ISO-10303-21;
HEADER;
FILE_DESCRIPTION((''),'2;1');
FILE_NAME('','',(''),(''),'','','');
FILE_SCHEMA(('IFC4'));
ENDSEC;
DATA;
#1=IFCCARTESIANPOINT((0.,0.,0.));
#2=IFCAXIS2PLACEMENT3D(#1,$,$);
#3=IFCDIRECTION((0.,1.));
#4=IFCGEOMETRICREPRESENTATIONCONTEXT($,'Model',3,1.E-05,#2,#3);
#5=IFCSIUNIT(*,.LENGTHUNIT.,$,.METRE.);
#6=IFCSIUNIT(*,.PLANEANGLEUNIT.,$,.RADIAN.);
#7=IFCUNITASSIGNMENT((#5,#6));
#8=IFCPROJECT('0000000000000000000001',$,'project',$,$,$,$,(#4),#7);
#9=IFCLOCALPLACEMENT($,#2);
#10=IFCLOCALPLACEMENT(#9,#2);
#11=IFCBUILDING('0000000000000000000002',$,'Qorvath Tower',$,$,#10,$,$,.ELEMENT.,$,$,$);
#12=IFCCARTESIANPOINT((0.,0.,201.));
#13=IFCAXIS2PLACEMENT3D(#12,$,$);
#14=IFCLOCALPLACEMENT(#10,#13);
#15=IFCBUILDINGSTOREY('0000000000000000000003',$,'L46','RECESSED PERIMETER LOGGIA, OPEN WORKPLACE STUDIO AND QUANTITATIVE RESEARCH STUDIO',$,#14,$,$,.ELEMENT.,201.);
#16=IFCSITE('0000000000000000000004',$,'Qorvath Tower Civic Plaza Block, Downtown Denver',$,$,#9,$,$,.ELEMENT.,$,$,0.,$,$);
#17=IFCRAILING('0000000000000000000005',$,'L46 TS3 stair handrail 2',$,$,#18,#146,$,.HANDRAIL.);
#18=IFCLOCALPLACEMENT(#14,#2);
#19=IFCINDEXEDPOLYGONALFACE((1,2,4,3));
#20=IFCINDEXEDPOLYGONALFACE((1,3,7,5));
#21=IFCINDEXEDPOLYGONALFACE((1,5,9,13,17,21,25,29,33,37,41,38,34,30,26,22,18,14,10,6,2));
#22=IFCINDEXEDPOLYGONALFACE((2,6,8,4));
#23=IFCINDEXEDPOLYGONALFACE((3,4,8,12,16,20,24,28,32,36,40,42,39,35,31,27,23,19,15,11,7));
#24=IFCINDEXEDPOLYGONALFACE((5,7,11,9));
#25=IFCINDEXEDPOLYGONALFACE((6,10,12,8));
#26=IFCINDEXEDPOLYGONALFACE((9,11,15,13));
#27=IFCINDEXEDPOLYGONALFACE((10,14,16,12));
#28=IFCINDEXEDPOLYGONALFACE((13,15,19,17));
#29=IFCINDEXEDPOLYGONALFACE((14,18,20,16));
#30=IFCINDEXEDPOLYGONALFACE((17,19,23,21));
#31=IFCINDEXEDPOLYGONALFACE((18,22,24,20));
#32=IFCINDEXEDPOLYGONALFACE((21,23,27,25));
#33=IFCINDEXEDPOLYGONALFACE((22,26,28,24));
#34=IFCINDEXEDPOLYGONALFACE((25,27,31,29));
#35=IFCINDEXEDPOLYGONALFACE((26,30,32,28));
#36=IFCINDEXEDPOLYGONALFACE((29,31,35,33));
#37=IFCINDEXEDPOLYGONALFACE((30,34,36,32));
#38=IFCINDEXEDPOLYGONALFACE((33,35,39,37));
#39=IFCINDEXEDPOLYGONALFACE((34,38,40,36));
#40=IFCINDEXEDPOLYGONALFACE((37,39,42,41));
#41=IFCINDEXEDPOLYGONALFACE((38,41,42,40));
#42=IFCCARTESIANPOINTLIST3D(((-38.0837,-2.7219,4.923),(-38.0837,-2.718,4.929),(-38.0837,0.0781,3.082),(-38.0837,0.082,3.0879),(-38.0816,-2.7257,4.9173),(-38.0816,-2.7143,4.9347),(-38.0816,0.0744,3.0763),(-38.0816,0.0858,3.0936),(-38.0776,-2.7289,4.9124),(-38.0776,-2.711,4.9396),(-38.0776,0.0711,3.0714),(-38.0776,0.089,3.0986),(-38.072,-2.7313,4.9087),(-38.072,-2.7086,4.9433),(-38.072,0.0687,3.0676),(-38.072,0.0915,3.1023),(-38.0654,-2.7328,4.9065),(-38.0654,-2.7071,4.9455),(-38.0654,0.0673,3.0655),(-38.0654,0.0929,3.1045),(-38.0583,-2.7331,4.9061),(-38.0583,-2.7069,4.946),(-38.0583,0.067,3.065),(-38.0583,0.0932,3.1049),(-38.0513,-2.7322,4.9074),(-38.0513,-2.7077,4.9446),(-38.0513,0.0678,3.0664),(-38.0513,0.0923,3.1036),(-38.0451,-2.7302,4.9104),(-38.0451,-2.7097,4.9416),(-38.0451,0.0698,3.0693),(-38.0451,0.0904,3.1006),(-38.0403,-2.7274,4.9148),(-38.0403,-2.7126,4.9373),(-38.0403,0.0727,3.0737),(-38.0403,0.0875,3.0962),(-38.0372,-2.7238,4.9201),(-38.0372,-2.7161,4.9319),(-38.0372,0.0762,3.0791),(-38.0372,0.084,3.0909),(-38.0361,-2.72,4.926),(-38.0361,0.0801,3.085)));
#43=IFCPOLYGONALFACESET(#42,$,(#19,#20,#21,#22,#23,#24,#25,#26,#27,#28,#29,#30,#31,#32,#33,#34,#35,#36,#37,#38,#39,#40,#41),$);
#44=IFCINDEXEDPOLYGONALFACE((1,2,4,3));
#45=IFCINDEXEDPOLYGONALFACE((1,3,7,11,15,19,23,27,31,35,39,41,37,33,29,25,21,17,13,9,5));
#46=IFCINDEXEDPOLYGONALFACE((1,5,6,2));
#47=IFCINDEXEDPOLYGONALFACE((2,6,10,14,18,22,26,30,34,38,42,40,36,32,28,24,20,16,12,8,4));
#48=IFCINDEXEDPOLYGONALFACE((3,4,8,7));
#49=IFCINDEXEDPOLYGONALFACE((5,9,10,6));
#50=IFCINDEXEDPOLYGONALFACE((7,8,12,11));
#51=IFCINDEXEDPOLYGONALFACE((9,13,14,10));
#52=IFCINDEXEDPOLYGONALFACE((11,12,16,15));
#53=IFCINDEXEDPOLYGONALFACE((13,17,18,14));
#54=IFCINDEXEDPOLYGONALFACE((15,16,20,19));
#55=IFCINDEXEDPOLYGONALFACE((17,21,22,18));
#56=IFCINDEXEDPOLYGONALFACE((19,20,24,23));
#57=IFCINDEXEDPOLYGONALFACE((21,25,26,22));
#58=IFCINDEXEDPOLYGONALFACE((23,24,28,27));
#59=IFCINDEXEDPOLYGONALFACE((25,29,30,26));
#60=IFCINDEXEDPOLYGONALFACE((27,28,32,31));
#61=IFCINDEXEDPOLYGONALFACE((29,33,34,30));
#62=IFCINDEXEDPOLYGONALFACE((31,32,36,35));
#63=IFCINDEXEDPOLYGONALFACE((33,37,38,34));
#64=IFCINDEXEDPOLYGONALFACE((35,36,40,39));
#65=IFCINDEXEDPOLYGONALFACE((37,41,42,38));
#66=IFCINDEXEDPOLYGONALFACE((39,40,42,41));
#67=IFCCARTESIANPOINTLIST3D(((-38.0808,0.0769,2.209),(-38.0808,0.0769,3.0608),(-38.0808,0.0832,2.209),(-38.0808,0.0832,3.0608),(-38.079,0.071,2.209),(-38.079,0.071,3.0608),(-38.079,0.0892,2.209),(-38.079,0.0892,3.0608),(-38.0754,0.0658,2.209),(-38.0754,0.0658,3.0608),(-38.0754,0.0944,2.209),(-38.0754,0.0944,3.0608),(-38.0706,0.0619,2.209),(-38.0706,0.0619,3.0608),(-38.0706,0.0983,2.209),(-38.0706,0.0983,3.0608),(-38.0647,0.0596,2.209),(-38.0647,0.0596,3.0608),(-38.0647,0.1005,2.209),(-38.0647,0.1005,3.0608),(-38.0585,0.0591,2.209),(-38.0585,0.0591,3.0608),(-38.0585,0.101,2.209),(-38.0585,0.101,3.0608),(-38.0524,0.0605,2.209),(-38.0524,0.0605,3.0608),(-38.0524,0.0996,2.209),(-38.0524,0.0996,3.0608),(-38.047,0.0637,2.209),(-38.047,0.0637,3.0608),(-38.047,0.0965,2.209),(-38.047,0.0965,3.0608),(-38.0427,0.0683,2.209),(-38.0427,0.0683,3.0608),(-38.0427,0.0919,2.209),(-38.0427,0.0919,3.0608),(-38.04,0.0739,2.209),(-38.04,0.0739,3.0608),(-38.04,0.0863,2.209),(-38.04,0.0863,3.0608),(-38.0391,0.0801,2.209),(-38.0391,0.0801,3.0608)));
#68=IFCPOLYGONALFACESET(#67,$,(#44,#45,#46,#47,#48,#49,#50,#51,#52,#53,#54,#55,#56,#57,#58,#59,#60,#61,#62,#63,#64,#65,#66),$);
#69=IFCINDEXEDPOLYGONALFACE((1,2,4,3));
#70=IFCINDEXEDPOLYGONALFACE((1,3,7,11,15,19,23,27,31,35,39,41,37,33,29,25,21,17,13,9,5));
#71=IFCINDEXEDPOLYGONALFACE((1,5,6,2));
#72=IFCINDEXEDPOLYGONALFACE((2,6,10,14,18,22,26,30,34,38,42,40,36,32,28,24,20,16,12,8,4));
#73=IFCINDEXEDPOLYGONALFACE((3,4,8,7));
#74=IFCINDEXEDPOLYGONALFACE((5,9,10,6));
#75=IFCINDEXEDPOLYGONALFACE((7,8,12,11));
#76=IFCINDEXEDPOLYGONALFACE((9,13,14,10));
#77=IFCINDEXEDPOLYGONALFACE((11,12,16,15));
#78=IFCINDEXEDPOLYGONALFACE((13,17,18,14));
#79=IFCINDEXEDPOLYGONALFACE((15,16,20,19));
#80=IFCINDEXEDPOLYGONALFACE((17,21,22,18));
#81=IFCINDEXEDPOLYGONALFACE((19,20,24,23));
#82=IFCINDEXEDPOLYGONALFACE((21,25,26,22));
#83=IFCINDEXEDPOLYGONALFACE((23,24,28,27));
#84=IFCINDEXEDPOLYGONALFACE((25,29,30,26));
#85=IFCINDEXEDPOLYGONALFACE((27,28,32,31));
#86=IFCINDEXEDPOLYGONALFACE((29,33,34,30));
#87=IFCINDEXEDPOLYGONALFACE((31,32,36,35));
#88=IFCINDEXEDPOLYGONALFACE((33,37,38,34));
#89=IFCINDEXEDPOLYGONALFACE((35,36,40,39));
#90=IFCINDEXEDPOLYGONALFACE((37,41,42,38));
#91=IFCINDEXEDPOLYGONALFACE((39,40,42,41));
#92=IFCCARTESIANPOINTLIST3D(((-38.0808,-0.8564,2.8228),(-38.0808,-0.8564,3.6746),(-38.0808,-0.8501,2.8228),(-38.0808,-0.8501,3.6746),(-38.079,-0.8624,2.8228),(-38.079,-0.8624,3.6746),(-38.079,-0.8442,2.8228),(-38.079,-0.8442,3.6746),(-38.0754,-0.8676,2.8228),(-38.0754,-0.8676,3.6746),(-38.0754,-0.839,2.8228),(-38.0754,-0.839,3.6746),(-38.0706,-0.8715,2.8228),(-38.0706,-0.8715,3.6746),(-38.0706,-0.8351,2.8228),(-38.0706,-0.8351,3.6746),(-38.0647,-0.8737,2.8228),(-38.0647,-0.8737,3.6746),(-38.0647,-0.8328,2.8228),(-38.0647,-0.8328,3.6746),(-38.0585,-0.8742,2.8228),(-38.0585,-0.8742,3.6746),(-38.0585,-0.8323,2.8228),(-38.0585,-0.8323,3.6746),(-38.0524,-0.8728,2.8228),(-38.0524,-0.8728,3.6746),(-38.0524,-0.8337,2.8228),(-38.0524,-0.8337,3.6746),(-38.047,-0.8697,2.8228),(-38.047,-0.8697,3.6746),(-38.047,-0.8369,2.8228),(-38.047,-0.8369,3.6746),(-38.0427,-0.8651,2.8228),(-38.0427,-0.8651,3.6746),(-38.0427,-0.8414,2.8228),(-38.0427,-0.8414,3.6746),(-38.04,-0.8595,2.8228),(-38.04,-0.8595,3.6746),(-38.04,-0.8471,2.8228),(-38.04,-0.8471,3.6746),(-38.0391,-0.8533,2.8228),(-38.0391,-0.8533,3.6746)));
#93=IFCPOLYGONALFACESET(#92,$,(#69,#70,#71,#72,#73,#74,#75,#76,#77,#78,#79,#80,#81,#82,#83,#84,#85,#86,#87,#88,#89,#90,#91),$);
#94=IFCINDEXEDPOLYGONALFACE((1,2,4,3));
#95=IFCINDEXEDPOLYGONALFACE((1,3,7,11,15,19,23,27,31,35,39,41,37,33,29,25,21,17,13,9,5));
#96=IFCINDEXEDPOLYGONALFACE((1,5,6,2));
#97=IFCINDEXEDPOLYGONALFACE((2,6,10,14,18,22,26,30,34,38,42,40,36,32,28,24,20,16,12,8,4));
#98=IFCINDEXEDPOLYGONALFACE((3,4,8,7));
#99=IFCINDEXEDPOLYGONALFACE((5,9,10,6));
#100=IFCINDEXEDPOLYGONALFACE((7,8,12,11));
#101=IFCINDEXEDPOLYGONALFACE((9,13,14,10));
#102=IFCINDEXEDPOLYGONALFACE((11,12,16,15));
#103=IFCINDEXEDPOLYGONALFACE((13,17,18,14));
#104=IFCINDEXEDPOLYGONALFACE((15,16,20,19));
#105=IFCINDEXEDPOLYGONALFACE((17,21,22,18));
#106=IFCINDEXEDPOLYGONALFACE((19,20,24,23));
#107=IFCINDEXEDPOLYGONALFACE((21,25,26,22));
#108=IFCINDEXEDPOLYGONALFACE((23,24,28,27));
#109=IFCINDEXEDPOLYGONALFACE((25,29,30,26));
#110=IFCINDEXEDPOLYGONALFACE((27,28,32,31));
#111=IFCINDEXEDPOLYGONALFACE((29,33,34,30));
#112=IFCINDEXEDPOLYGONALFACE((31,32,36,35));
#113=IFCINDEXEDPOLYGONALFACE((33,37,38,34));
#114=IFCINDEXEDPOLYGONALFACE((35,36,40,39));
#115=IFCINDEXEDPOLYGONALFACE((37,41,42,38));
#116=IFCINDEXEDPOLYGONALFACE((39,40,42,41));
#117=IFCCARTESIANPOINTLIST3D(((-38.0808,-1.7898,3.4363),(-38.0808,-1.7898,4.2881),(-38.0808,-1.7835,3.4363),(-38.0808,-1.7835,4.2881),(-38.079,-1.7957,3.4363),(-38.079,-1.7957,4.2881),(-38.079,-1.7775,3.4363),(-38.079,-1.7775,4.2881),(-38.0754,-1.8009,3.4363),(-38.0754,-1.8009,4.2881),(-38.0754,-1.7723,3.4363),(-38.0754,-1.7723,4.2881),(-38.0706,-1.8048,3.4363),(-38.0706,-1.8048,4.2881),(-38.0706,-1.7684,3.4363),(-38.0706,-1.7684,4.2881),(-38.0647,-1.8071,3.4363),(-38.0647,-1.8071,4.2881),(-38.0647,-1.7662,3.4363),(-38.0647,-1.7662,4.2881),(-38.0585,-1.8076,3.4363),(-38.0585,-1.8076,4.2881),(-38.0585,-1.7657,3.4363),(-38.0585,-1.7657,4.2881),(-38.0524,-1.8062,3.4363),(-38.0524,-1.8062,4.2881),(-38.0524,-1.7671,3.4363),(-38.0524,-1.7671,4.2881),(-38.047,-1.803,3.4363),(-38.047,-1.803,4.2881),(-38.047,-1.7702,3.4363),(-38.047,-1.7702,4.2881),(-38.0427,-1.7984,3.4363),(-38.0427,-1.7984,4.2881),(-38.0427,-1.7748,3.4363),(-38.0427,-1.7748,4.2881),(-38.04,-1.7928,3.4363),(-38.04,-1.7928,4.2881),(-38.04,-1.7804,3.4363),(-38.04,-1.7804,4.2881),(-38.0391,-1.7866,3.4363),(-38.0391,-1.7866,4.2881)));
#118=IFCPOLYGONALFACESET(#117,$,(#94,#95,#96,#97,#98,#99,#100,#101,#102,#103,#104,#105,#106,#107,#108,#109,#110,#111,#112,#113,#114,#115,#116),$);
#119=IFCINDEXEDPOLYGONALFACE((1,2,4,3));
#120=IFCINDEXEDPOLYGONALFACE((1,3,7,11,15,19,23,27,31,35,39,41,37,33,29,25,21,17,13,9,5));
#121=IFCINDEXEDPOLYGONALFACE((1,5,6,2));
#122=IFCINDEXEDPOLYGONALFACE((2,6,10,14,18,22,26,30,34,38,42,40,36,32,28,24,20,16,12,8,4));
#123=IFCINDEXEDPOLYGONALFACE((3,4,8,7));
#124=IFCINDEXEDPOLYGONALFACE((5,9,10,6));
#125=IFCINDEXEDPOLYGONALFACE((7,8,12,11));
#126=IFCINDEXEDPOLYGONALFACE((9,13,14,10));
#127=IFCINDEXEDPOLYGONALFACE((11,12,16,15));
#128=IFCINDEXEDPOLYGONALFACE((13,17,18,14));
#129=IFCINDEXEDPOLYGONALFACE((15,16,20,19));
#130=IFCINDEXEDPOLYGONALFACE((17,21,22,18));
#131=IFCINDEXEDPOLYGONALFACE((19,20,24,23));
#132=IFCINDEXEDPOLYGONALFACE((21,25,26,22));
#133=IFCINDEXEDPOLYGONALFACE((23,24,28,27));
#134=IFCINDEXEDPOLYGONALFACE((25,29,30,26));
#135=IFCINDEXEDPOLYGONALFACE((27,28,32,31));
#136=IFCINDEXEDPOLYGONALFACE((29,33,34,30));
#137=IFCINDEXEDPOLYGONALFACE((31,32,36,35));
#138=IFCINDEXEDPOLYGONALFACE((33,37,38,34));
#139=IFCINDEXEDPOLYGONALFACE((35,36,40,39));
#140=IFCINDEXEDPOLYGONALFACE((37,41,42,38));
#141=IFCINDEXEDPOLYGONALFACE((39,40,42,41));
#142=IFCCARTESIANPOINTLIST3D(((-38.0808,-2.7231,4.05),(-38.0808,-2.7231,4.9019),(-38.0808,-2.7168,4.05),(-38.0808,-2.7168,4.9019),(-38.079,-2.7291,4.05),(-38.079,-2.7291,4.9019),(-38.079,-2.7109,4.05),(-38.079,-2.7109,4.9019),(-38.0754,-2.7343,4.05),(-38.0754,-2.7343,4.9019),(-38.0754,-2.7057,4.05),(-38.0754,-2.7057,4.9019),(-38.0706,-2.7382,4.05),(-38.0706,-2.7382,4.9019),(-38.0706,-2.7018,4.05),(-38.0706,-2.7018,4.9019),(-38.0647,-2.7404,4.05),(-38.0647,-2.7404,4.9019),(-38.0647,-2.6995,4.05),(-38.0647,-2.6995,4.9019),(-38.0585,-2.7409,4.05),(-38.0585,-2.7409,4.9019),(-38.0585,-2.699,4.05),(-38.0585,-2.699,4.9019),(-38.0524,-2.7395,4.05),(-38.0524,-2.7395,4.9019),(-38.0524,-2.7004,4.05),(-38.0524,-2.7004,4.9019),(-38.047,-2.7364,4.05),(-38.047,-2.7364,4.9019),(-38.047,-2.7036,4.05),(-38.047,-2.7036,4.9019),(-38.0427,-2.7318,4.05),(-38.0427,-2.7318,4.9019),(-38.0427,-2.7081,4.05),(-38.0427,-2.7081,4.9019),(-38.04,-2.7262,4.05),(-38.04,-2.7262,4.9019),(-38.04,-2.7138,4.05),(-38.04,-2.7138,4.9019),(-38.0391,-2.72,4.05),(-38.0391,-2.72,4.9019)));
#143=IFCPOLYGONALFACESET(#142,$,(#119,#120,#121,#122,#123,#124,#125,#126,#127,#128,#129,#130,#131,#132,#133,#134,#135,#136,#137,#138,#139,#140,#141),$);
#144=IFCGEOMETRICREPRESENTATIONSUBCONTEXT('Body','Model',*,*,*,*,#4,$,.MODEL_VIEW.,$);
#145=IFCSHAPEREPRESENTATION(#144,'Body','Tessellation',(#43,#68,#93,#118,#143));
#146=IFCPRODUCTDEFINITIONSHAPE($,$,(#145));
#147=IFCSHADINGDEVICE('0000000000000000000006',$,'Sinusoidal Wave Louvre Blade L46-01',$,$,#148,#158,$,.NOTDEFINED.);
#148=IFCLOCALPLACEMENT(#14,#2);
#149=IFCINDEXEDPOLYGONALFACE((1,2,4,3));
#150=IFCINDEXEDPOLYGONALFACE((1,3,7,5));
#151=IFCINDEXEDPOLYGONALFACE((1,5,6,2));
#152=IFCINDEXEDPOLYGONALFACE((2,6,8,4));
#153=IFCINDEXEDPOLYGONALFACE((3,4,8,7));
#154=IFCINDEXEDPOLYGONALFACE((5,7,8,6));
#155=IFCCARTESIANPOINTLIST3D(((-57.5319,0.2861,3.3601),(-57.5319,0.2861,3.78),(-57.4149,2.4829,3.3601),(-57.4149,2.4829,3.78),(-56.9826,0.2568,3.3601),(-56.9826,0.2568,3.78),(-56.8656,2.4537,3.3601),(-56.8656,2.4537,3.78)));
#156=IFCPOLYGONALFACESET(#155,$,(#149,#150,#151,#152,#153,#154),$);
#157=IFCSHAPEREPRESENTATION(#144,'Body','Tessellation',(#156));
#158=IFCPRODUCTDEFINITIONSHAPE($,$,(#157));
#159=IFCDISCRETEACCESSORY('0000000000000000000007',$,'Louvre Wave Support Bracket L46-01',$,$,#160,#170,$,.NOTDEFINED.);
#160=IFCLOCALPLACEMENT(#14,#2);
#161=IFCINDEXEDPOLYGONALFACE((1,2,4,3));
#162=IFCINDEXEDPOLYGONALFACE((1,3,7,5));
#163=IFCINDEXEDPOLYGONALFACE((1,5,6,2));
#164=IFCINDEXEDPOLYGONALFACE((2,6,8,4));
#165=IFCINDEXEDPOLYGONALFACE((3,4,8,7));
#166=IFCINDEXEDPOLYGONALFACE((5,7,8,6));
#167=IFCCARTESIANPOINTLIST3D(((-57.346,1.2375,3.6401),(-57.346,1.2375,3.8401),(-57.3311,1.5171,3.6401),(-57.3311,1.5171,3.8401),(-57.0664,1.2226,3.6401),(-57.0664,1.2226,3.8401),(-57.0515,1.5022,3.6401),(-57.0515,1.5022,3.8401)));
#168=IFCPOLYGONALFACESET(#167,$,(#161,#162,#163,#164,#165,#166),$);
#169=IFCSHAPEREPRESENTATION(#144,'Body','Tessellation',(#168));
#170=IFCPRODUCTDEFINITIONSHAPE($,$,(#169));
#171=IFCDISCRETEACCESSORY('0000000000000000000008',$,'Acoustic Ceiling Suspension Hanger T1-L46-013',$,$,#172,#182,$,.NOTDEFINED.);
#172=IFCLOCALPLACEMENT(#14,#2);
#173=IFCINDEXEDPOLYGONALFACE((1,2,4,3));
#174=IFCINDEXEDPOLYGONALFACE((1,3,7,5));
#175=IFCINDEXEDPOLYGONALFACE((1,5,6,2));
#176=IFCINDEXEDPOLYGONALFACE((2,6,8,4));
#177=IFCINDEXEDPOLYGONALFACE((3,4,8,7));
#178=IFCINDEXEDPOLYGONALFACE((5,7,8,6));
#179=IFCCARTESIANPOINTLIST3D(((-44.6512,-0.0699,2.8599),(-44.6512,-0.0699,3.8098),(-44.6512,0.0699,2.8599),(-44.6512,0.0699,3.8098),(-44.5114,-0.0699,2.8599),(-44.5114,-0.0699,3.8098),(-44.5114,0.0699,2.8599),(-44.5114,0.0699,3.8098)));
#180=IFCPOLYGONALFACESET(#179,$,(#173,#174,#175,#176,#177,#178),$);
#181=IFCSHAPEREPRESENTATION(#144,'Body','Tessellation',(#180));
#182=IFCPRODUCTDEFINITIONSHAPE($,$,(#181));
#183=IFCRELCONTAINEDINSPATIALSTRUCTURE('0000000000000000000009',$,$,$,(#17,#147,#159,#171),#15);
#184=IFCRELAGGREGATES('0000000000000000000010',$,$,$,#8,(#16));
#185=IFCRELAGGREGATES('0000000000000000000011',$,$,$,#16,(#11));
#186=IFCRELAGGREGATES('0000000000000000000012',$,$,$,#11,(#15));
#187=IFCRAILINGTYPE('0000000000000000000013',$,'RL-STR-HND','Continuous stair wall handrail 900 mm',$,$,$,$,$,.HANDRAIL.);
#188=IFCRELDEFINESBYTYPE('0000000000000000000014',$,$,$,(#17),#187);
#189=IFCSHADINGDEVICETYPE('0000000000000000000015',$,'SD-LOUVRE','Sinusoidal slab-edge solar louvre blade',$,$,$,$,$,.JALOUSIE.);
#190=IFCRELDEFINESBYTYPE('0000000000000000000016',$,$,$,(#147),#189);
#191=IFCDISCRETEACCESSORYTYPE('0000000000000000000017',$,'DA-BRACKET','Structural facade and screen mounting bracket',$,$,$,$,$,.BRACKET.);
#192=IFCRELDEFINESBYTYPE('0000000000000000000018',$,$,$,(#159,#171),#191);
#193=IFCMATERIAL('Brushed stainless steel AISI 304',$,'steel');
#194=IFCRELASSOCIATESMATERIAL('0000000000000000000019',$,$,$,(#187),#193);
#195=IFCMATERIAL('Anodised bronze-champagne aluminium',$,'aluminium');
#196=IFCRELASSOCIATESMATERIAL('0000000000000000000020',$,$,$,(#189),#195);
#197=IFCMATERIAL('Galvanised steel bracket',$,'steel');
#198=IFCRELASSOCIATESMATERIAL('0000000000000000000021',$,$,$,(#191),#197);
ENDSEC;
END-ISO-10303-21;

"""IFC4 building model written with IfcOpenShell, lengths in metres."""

from ifc_helpers import new_model, si_unit, direction, frame, origin, origin_2d, place, context, subcontext, project, spatial, rectangle, circle, extrude, material, type_object, element, save


model = new_model("IFC4")

# Units and contexts
model_context = context("Model", 3, precision=1e-05, world=origin(), true_north=direction((0.0, 1.0)))
body_context = subcontext(model_context, "Body", "Model", "MODEL_VIEW")
ifc_project = project(units=[si_unit("LENGTHUNIT", "METRE"), si_unit("PLANEANGLEUNIT", "RADIAN")], contexts=[model_context])

# Site, building, storey
site_placement = place(None, origin())
site = spatial("IfcSite", under=ifc_project, at=site_placement, Name="Qorvath Tower Civic Plaza Block, Downtown Denver", CompositionType="ELEMENT", RefElevation=0.0)
building_placement = place(site_placement, origin())
building = spatial("IfcBuilding", under=site, at=building_placement, Name="Qorvath Tower", CompositionType="ELEMENT")
storey_placement = place(building_placement, frame((0.0, 0.0, 201.0)))
storey = spatial("IfcBuildingStorey", under=building, at=storey_placement, Name="L46", Description="RECESSED PERIMETER LOGGIA, OPEN WORKPLACE STUDIO AND QUANTITATIVE RESEARCH STUDIO", CompositionType="ELEMENT", Elevation=201.0)

# Railing
ifc_material_1 = material(Name="Brushed stainless steel AISI 304", Category="steel")
railing_type = type_object("IfcRailingType", Name="RL-STR-HND", Description="Continuous stair wall handrail 900 mm", PredefinedType="HANDRAIL", material=ifc_material_1)
railing_placement = place(storey_placement, frame((-38.0601, 0.0801, 2.209)))
element("IfcRailing", 1, at=railing_placement, inside=storey, type_object=railing_type, Name="L46 TS3 stair handrail 2", PredefinedType="HANDRAIL", context=body_context, shape_type="SweptSolid", body=[
    extrude(circle(Radius=0.0239, at=origin_2d()), frame((0.0, 0.0, 0.876), z_axis=(0.0, -0.835564, 0.549393), x_axis=(1.0, 0.0, 0.0)), (0.0, 0.0, 1.0), 3.3511),
    extrude(circle(Radius=0.021, at=origin_2d()), origin(), (0.0, 0.0, 1.0), 0.8518),
    extrude(circle(Radius=0.021, at=origin_2d()), frame((0.0, -0.9333, 0.6138)), (0.0, 0.0, 1.0), 0.8518),
    extrude(circle(Radius=0.021, at=origin_2d()), frame((0.0, -1.8667, 1.2273)), (0.0, 0.0, 1.0), 0.8518),
    extrude(circle(Radius=0.021, at=origin_2d()), frame((0.0, -2.8, 1.8411)), (0.0, 0.0, 1.0), 0.8518),
])

# Shading device
ifc_material_2 = material(Name="Anodised bronze-champagne aluminium", Category="aluminium")
shading_device_type = type_object("IfcShadingDeviceType", Name="SD-LOUVRE", Description="Sinusoidal slab-edge solar louvre blade", PredefinedType="JALOUSIE", material=ifc_material_2)
shading_device_placement = place(storey_placement, frame((-57.1987, 1.3699, 3.3601), z_axis=(0.0, 0.0, 1.0), x_axis=(-0.053186, -0.998585, 0.0)))
element("IfcShadingDevice", 2, at=shading_device_placement, inside=storey, type_object=shading_device_type, Name="Sinusoidal Wave Louvre Blade L46-01", PredefinedType="NOTDEFINED", context=body_context, shape_type="SweptSolid", body=[
    extrude(rectangle(XDim=2.2, YDim=0.55, at=origin_2d()), origin(), (0.0, 0.0, 1.0), 0.4199),
])

# Discrete accessories
ifc_material_3 = material(Name="Galvanised steel bracket", Category="steel")
discrete_accessory_type = type_object("IfcDiscreteAccessoryType", Name="DA-BRACKET", Description="Structural facade and screen mounting bracket", PredefinedType="BRACKET", material=ifc_material_3)
discrete_accessory_1_placement = place(storey_placement, frame((-57.1987, 1.3699, 3.6401), z_axis=(0.0, 0.0, 1.0), x_axis=(-0.053186, -0.998585, 0.0)))
element("IfcDiscreteAccessory", 3, at=discrete_accessory_1_placement, inside=storey, type_object=discrete_accessory_type, Name="Louvre Wave Support Bracket L46-01", PredefinedType="NOTDEFINED", context=body_context, shape_type="SweptSolid", body=[
    extrude(rectangle(XDim=0.28, YDim=0.28, at=origin_2d()), origin(), (0.0, 0.0, 1.0), 0.2),
])
discrete_accessory_2_placement = place(storey_placement, frame((-44.5813, 0.0, 2.8599), z_axis=(0.0, 0.0, 1.0), x_axis=(1.0, 0.0, 0.0)))
element("IfcDiscreteAccessory", 4, at=discrete_accessory_2_placement, inside=storey, type_object=discrete_accessory_type, Name="Acoustic Ceiling Suspension Hanger T1-L46-013", PredefinedType="NOTDEFINED", context=body_context, shape_type="SweptSolid", body=[
    extrude(rectangle(XDim=0.1399, YDim=0.1399, at=origin_2d()), origin(), (0.0, 0.0, 1.0), 0.95),
])

save(model, "model.ifc")
